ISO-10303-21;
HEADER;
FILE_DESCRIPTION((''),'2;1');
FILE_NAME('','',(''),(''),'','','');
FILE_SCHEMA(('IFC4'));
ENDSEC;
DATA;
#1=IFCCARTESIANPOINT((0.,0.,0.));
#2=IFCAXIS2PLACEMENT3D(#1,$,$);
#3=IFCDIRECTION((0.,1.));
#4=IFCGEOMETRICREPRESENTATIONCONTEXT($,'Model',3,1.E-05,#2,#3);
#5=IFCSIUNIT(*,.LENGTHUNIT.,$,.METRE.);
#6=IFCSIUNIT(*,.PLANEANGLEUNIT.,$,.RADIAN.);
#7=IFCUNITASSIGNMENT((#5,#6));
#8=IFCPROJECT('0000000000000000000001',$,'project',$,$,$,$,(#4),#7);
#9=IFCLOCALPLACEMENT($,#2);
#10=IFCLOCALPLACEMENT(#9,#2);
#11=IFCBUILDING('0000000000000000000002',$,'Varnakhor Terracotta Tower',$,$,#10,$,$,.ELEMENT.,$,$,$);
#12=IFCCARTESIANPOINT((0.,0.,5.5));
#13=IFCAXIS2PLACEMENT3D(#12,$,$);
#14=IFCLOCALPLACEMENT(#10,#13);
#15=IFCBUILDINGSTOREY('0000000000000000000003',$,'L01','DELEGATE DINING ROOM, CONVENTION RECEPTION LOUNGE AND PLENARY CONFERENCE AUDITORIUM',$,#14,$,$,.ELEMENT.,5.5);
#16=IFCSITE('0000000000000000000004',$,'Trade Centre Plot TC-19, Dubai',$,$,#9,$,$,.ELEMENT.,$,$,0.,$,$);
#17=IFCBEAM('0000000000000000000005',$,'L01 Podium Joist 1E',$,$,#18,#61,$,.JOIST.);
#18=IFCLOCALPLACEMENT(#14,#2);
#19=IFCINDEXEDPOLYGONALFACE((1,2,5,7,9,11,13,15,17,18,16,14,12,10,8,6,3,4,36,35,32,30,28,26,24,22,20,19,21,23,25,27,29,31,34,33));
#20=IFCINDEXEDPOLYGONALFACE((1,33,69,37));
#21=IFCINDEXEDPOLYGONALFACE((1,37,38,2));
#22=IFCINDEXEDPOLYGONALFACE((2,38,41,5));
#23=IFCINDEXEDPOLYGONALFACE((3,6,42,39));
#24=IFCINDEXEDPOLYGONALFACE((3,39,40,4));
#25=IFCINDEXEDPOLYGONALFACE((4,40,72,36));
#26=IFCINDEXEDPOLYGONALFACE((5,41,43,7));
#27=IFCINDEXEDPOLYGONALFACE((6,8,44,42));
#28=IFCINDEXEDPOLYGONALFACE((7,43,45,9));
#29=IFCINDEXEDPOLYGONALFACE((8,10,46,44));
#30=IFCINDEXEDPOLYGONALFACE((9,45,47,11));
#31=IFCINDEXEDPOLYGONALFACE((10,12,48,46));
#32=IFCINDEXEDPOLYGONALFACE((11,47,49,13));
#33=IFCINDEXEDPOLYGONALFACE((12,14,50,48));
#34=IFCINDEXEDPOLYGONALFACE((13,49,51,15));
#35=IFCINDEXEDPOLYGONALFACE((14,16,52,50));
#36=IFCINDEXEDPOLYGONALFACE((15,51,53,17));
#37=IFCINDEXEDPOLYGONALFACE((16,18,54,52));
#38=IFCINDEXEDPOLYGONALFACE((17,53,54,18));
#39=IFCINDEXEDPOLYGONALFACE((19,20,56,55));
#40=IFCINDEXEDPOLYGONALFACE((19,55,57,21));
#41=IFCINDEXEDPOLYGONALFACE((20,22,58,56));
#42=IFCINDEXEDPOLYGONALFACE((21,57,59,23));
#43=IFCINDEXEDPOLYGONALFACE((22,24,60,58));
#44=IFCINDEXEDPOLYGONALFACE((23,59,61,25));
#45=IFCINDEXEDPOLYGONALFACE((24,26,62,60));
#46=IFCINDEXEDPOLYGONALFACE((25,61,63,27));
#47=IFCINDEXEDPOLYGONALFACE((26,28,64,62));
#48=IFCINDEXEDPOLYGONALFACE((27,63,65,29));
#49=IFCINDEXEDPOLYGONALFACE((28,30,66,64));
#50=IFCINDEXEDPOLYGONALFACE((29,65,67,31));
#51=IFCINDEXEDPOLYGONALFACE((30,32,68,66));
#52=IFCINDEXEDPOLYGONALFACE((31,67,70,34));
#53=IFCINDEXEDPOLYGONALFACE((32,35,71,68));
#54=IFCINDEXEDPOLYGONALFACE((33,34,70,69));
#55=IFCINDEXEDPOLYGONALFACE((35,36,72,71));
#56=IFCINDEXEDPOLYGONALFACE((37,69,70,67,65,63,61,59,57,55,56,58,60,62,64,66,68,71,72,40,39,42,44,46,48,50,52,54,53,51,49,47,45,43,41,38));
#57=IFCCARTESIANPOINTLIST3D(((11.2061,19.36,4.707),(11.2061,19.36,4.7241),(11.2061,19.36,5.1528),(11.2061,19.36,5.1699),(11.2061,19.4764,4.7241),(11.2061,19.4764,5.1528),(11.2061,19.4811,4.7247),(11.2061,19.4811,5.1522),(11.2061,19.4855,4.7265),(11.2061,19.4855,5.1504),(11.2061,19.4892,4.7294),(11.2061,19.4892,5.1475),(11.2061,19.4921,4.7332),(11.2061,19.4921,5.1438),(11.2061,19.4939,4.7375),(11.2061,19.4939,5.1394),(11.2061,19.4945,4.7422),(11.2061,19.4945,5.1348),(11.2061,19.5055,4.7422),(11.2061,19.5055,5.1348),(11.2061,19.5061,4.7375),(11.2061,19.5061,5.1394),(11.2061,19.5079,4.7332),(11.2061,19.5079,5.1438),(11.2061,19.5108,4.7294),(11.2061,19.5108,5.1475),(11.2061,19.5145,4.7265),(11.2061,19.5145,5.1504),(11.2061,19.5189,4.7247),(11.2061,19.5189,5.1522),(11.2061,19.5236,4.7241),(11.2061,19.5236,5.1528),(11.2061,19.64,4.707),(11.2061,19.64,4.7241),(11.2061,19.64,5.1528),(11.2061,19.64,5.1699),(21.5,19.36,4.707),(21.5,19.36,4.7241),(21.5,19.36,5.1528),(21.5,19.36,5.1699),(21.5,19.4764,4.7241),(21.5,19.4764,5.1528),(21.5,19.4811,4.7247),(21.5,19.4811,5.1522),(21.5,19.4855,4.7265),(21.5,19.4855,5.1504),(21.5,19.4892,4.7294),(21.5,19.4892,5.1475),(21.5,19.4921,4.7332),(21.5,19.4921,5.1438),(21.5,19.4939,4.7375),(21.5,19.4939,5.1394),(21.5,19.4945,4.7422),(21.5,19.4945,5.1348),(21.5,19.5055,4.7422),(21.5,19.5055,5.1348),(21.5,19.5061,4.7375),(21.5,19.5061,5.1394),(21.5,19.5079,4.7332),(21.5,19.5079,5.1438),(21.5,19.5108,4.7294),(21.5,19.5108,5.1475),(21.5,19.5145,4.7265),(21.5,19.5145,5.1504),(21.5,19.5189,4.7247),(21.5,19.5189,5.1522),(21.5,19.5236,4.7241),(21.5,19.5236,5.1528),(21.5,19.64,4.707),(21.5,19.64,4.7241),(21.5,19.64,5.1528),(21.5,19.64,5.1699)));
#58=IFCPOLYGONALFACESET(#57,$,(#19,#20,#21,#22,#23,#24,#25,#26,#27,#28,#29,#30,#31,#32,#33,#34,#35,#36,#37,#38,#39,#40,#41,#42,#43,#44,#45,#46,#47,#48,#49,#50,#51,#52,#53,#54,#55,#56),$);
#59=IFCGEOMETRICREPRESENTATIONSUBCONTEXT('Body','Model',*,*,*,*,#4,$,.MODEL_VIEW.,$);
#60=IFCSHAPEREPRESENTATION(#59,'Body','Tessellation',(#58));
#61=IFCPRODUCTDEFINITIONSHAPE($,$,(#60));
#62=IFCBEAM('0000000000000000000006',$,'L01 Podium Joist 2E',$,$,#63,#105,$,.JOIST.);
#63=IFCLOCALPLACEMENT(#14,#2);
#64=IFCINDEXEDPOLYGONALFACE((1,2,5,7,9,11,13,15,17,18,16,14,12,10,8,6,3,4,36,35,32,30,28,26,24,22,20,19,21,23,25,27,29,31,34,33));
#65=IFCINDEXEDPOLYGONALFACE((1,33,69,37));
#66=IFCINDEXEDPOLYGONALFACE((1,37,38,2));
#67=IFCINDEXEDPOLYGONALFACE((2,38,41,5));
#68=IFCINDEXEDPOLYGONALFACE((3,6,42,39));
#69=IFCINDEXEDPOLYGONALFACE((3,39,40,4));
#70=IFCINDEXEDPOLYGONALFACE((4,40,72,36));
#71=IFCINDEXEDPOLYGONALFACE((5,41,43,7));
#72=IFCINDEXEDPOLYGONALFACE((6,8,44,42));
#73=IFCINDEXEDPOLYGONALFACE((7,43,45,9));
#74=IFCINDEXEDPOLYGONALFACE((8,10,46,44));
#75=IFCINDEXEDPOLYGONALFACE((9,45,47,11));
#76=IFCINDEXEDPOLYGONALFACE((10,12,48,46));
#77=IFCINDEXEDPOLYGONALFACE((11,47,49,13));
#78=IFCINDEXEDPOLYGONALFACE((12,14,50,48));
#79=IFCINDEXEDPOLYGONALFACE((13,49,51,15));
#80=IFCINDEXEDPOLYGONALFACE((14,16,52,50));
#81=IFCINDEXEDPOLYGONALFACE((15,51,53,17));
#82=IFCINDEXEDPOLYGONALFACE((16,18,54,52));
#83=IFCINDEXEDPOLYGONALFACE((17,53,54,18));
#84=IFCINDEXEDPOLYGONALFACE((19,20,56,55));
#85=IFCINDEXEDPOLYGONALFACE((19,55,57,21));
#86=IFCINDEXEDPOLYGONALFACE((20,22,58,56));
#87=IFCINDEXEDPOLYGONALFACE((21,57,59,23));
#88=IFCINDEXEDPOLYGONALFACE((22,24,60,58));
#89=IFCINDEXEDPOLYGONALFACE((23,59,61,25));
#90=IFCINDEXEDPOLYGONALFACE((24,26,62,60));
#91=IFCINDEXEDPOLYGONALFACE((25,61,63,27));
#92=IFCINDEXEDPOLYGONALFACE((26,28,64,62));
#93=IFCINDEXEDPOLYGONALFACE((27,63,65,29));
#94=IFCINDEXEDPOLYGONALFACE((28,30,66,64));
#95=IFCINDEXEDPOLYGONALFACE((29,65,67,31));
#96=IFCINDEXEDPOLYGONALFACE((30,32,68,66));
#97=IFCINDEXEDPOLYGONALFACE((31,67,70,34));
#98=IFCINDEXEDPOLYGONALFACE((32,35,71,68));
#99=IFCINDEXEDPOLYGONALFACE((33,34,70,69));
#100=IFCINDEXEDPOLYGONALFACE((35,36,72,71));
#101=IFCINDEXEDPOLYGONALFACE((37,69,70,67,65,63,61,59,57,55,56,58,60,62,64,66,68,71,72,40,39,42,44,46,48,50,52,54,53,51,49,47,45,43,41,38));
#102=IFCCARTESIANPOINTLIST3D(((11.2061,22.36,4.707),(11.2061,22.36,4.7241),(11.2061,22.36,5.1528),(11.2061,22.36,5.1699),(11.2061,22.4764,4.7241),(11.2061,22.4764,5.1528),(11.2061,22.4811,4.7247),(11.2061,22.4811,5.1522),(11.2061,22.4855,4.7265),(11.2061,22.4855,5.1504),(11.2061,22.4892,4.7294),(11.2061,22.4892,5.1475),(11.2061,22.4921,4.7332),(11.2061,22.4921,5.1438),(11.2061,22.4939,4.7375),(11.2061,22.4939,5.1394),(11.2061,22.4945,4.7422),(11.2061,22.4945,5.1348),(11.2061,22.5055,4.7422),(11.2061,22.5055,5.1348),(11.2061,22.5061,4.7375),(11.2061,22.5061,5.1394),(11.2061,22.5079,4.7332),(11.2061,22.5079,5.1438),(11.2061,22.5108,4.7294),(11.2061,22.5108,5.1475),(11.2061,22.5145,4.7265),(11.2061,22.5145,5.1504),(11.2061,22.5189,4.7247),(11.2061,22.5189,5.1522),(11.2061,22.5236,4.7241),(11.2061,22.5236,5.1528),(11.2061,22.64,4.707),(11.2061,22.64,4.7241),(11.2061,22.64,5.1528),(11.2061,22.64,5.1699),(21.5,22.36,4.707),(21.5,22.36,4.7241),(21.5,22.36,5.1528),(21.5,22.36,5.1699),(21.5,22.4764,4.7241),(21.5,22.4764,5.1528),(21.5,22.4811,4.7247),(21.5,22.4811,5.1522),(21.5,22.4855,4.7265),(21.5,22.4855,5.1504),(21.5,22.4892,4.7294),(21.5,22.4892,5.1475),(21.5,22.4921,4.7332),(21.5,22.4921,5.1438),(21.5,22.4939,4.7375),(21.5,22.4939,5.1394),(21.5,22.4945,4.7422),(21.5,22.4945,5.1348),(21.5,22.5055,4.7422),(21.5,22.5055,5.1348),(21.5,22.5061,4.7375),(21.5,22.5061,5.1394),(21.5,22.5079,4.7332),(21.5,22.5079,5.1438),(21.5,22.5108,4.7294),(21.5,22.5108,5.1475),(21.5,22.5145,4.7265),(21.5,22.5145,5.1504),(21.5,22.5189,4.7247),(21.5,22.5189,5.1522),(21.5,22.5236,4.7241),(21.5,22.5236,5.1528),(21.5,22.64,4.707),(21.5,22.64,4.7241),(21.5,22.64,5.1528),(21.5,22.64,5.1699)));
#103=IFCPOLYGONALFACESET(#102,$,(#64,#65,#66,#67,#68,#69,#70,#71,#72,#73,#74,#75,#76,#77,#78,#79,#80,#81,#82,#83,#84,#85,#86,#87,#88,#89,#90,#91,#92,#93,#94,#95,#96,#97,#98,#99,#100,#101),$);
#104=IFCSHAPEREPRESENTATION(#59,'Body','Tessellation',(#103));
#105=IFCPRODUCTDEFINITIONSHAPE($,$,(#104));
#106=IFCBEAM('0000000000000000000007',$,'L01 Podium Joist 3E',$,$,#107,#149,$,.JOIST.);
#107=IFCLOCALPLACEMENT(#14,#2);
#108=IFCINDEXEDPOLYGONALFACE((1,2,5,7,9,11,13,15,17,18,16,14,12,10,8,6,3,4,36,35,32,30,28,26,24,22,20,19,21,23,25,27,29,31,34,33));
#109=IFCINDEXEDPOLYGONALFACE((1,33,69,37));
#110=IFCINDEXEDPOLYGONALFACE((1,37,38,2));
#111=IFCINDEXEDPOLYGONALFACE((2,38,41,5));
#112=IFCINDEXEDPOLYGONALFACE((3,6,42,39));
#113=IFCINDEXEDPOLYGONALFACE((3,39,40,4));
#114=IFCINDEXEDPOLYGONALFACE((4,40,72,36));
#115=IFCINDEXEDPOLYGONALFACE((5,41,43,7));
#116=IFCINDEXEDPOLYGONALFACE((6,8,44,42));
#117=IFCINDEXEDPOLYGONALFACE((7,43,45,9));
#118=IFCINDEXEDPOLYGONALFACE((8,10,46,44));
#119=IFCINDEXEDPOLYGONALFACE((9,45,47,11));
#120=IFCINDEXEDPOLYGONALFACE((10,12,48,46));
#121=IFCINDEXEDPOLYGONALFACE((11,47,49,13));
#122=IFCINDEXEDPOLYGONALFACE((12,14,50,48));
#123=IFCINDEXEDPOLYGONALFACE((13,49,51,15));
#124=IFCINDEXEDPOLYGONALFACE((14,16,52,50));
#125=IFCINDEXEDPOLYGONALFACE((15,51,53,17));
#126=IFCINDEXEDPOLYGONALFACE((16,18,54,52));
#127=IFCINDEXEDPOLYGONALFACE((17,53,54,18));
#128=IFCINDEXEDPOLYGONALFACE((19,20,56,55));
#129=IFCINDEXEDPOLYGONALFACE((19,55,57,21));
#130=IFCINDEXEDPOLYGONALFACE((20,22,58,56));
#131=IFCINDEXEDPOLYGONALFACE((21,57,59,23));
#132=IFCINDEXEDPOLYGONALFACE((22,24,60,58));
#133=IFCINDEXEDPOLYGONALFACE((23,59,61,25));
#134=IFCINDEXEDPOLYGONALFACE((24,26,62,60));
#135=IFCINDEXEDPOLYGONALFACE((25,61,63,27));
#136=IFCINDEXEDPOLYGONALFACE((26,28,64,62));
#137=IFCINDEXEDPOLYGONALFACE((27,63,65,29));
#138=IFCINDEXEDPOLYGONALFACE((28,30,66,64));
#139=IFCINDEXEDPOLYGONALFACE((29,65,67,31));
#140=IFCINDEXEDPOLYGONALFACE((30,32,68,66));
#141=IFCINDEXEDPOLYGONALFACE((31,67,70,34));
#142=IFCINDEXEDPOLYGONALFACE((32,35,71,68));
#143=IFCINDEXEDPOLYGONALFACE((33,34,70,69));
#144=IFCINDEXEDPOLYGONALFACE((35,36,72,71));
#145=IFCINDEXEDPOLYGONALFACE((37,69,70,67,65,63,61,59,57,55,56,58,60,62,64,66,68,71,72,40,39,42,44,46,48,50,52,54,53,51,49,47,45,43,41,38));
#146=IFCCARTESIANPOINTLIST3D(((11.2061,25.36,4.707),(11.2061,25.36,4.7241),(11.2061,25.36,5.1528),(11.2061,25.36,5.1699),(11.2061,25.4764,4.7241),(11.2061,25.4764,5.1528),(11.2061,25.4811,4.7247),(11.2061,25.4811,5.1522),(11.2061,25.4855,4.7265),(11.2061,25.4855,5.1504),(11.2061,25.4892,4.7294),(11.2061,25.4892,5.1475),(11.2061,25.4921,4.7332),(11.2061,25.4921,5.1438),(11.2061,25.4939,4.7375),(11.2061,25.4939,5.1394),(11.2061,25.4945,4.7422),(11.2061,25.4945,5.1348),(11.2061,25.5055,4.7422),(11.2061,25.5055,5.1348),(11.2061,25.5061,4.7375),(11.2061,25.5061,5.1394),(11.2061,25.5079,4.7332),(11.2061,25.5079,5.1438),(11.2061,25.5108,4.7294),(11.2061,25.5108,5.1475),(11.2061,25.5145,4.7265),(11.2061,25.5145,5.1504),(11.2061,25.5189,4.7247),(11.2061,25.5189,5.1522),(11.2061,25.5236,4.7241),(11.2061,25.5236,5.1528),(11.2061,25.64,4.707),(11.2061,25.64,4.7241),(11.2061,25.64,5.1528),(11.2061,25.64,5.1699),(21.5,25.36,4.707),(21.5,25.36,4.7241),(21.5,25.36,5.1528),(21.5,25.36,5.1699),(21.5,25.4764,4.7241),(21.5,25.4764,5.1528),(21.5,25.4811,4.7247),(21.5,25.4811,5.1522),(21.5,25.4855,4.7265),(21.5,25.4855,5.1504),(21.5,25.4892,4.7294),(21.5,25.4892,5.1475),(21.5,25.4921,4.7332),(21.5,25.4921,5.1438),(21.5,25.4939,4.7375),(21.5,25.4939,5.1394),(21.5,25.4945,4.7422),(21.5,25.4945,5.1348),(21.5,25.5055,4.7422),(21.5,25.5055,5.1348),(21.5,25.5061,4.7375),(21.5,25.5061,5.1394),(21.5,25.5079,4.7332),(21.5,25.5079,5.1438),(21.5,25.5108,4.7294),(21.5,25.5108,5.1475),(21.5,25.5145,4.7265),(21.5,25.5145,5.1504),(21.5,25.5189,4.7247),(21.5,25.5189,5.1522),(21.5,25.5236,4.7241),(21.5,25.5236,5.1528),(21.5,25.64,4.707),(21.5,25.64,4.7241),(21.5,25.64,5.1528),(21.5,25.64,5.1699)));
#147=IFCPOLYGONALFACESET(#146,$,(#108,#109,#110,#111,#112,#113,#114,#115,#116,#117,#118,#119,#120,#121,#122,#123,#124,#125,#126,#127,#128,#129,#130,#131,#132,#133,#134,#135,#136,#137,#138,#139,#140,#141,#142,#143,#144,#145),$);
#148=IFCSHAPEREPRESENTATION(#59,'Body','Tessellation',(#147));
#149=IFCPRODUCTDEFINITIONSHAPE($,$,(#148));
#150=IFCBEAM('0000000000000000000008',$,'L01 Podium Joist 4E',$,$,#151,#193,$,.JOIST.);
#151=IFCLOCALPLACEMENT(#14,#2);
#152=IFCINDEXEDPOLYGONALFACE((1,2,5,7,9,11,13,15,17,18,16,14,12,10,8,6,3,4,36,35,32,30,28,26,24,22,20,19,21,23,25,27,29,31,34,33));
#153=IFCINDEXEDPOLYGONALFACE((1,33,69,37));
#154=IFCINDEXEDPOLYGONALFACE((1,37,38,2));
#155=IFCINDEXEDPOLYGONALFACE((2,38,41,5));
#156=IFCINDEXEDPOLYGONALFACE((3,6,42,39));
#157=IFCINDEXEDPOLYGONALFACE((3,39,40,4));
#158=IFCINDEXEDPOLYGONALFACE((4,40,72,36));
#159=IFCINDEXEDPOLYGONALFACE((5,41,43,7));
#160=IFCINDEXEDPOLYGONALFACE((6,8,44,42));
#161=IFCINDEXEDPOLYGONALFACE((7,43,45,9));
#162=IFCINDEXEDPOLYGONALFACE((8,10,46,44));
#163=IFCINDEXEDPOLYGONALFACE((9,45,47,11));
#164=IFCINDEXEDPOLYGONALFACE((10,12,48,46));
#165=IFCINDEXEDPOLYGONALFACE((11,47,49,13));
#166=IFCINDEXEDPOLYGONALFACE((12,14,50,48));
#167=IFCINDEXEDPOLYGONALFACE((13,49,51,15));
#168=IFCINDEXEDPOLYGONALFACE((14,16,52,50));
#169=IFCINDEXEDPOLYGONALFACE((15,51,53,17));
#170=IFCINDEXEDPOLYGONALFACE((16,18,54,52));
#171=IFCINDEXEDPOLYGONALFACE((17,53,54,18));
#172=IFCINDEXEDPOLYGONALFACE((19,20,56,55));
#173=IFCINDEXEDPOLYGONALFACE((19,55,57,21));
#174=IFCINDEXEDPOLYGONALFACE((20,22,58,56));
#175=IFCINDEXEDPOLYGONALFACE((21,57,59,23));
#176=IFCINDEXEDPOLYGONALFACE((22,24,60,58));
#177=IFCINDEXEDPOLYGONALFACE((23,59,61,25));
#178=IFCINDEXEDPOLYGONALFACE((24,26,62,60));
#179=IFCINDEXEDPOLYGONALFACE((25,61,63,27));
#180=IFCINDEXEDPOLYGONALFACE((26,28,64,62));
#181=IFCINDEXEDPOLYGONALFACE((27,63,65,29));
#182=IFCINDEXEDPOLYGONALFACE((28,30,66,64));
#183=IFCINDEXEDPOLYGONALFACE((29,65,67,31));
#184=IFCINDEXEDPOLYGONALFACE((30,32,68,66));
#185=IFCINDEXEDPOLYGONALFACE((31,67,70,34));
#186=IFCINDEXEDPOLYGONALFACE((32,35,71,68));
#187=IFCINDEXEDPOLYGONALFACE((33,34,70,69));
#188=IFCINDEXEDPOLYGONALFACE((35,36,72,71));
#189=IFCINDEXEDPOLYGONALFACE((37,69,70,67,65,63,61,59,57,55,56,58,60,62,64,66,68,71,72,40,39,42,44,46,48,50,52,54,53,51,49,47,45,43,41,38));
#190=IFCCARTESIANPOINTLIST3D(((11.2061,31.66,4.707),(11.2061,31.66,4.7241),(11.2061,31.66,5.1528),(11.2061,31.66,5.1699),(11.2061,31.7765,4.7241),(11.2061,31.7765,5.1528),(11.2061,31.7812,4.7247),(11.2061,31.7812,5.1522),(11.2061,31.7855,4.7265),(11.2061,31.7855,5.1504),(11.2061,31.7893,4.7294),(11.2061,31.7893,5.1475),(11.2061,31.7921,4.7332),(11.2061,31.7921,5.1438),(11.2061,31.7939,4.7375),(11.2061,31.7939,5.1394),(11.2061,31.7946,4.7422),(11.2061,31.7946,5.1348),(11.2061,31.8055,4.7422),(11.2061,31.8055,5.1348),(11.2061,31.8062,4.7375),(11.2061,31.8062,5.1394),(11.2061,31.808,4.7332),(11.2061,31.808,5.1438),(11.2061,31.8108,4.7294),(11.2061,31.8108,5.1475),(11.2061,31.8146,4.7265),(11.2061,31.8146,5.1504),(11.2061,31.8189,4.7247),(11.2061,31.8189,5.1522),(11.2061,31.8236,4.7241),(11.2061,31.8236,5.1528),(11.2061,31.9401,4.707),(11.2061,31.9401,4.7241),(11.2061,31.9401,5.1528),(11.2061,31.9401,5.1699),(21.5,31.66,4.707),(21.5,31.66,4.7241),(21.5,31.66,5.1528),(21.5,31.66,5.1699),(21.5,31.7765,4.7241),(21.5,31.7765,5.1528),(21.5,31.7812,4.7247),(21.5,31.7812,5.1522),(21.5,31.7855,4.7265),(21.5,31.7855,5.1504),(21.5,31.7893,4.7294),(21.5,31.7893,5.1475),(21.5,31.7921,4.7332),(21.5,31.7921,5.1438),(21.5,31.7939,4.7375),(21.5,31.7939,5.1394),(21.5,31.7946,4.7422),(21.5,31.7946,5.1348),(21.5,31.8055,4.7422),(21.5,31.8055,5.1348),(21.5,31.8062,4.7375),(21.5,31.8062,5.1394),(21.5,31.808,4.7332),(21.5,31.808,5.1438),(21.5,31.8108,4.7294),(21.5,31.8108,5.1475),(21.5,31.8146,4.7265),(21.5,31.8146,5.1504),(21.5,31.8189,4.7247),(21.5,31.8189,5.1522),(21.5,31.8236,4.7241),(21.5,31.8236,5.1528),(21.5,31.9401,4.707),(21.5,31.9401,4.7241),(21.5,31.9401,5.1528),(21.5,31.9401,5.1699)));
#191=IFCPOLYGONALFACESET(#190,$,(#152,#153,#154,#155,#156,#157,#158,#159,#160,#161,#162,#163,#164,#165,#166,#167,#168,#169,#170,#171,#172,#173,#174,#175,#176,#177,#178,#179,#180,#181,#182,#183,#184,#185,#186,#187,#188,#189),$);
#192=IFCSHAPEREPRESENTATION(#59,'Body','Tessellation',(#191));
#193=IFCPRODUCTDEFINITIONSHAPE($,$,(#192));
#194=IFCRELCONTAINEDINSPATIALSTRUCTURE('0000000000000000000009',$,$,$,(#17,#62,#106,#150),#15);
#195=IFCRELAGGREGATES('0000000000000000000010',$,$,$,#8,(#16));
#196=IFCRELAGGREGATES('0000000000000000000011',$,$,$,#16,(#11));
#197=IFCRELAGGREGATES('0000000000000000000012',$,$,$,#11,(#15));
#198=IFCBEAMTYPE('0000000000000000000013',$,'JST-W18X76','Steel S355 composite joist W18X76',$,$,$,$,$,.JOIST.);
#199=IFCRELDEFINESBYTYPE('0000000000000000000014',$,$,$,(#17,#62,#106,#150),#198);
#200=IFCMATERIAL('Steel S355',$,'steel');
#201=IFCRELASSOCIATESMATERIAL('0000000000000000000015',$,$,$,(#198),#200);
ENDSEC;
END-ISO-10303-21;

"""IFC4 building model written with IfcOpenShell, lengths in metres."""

from ifc_helpers import new_model, si_unit, direction, frame, origin, origin_2d, place, context, subcontext, project, spatial, i_section, extrude, source, transform, mapped, material, material_profile, profile_set, type_object, type_shapes, element, save


model = new_model("IFC4")

# Units and contexts
model_context = context("Model", 3, precision=1e-05, world=origin(), true_north=direction((0.0, 1.0)))
body_context = subcontext(model_context, "Body", "Model", "MODEL_VIEW")
ifc_project = project(units=[si_unit("LENGTHUNIT", "METRE"), si_unit("PLANEANGLEUNIT", "RADIAN")], contexts=[model_context])

# Site, building, storey
site_placement = place(None, origin())
site = spatial("IfcSite", under=ifc_project, at=site_placement, Name="Trade Centre Plot TC-19, Dubai", CompositionType="ELEMENT", RefElevation=0.0)
building_placement = place(site_placement, origin())
building = spatial("IfcBuilding", under=site, at=building_placement, Name="Varnakhor Terracotta Tower", CompositionType="ELEMENT")
storey_placement = place(building_placement, frame((0.0, 0.0, 5.5)))
storey = spatial("IfcBuildingStorey", under=building, at=storey_placement, Name="L01", Description="DELEGATE DINING ROOM, CONVENTION RECEPTION LOUNGE AND PLENARY CONFERENCE AUDITORIUM", CompositionType="ELEMENT", Elevation=5.5)

# Beams
ifc_material_1 = material(Name="Steel S355", Category="steel")
ifc_material_profile_1 = material_profile(ifc_material_1, i_section(OverallWidth=0.28, OverallDepth=0.4629, WebThickness=0.011, FlangeThickness=0.0171, FilletRadius=0.0181, at=origin_2d()), Name="W18X76")
ifc_profile_set_1 = profile_set([ifc_material_profile_1], Name="Steel S355")
beam_type_1 = type_object("IfcBeamType", Name="JST-W18X76", Description="Steel S355 composite joist W18X76", PredefinedType="JOIST", material=ifc_profile_set_1)
shared_shape_1 = source(origin(), body_context, "Body", "SweptSolid", [
    extrude(i_section(OverallWidth=0.28, OverallDepth=0.4629, WebThickness=0.011, FlangeThickness=0.0171, FilletRadius=0.0181, at=origin_2d()), origin(), (0.0, 0.0, 1.0), 10.2939),
])
type_shapes(beam_type_1, [shared_shape_1])
for number, where, z_axis, x_axis, name in (
    (1, (11.2061, 19.5, 4.9385), (1.0, 0.0, 0.0), (0.0, 1.0, 0.0), "L01 Podium Joist 1E"),
    (2, (11.2061, 22.5, 4.9385), (1.0, 0.0, 0.0), (0.0, 1.0, 0.0), "L01 Podium Joist 2E"),
    (3, (11.2061, 25.5, 4.9385), (1.0, 0.0, 0.0), (0.0, 1.0, 0.0), "L01 Podium Joist 3E"),
    (4, (11.2061, 31.8, 4.9385), (1.0, 0.0, 0.0), (0.0, 1.0, 0.0), "L01 Podium Joist 4E"),
):
    element("IfcBeam", number, at=place(storey_placement, frame(where, z_axis=z_axis, x_axis=x_axis)), inside=storey, type_object=beam_type_1, Name=name, PredefinedType="JOIST", context=body_context, shape_type="MappedRepresentation", body=[
        mapped(shared_shape_1, transform((0.0, 0.0, 0.0), scale=1.0)),
    ])

save(model, "model.ifc")
